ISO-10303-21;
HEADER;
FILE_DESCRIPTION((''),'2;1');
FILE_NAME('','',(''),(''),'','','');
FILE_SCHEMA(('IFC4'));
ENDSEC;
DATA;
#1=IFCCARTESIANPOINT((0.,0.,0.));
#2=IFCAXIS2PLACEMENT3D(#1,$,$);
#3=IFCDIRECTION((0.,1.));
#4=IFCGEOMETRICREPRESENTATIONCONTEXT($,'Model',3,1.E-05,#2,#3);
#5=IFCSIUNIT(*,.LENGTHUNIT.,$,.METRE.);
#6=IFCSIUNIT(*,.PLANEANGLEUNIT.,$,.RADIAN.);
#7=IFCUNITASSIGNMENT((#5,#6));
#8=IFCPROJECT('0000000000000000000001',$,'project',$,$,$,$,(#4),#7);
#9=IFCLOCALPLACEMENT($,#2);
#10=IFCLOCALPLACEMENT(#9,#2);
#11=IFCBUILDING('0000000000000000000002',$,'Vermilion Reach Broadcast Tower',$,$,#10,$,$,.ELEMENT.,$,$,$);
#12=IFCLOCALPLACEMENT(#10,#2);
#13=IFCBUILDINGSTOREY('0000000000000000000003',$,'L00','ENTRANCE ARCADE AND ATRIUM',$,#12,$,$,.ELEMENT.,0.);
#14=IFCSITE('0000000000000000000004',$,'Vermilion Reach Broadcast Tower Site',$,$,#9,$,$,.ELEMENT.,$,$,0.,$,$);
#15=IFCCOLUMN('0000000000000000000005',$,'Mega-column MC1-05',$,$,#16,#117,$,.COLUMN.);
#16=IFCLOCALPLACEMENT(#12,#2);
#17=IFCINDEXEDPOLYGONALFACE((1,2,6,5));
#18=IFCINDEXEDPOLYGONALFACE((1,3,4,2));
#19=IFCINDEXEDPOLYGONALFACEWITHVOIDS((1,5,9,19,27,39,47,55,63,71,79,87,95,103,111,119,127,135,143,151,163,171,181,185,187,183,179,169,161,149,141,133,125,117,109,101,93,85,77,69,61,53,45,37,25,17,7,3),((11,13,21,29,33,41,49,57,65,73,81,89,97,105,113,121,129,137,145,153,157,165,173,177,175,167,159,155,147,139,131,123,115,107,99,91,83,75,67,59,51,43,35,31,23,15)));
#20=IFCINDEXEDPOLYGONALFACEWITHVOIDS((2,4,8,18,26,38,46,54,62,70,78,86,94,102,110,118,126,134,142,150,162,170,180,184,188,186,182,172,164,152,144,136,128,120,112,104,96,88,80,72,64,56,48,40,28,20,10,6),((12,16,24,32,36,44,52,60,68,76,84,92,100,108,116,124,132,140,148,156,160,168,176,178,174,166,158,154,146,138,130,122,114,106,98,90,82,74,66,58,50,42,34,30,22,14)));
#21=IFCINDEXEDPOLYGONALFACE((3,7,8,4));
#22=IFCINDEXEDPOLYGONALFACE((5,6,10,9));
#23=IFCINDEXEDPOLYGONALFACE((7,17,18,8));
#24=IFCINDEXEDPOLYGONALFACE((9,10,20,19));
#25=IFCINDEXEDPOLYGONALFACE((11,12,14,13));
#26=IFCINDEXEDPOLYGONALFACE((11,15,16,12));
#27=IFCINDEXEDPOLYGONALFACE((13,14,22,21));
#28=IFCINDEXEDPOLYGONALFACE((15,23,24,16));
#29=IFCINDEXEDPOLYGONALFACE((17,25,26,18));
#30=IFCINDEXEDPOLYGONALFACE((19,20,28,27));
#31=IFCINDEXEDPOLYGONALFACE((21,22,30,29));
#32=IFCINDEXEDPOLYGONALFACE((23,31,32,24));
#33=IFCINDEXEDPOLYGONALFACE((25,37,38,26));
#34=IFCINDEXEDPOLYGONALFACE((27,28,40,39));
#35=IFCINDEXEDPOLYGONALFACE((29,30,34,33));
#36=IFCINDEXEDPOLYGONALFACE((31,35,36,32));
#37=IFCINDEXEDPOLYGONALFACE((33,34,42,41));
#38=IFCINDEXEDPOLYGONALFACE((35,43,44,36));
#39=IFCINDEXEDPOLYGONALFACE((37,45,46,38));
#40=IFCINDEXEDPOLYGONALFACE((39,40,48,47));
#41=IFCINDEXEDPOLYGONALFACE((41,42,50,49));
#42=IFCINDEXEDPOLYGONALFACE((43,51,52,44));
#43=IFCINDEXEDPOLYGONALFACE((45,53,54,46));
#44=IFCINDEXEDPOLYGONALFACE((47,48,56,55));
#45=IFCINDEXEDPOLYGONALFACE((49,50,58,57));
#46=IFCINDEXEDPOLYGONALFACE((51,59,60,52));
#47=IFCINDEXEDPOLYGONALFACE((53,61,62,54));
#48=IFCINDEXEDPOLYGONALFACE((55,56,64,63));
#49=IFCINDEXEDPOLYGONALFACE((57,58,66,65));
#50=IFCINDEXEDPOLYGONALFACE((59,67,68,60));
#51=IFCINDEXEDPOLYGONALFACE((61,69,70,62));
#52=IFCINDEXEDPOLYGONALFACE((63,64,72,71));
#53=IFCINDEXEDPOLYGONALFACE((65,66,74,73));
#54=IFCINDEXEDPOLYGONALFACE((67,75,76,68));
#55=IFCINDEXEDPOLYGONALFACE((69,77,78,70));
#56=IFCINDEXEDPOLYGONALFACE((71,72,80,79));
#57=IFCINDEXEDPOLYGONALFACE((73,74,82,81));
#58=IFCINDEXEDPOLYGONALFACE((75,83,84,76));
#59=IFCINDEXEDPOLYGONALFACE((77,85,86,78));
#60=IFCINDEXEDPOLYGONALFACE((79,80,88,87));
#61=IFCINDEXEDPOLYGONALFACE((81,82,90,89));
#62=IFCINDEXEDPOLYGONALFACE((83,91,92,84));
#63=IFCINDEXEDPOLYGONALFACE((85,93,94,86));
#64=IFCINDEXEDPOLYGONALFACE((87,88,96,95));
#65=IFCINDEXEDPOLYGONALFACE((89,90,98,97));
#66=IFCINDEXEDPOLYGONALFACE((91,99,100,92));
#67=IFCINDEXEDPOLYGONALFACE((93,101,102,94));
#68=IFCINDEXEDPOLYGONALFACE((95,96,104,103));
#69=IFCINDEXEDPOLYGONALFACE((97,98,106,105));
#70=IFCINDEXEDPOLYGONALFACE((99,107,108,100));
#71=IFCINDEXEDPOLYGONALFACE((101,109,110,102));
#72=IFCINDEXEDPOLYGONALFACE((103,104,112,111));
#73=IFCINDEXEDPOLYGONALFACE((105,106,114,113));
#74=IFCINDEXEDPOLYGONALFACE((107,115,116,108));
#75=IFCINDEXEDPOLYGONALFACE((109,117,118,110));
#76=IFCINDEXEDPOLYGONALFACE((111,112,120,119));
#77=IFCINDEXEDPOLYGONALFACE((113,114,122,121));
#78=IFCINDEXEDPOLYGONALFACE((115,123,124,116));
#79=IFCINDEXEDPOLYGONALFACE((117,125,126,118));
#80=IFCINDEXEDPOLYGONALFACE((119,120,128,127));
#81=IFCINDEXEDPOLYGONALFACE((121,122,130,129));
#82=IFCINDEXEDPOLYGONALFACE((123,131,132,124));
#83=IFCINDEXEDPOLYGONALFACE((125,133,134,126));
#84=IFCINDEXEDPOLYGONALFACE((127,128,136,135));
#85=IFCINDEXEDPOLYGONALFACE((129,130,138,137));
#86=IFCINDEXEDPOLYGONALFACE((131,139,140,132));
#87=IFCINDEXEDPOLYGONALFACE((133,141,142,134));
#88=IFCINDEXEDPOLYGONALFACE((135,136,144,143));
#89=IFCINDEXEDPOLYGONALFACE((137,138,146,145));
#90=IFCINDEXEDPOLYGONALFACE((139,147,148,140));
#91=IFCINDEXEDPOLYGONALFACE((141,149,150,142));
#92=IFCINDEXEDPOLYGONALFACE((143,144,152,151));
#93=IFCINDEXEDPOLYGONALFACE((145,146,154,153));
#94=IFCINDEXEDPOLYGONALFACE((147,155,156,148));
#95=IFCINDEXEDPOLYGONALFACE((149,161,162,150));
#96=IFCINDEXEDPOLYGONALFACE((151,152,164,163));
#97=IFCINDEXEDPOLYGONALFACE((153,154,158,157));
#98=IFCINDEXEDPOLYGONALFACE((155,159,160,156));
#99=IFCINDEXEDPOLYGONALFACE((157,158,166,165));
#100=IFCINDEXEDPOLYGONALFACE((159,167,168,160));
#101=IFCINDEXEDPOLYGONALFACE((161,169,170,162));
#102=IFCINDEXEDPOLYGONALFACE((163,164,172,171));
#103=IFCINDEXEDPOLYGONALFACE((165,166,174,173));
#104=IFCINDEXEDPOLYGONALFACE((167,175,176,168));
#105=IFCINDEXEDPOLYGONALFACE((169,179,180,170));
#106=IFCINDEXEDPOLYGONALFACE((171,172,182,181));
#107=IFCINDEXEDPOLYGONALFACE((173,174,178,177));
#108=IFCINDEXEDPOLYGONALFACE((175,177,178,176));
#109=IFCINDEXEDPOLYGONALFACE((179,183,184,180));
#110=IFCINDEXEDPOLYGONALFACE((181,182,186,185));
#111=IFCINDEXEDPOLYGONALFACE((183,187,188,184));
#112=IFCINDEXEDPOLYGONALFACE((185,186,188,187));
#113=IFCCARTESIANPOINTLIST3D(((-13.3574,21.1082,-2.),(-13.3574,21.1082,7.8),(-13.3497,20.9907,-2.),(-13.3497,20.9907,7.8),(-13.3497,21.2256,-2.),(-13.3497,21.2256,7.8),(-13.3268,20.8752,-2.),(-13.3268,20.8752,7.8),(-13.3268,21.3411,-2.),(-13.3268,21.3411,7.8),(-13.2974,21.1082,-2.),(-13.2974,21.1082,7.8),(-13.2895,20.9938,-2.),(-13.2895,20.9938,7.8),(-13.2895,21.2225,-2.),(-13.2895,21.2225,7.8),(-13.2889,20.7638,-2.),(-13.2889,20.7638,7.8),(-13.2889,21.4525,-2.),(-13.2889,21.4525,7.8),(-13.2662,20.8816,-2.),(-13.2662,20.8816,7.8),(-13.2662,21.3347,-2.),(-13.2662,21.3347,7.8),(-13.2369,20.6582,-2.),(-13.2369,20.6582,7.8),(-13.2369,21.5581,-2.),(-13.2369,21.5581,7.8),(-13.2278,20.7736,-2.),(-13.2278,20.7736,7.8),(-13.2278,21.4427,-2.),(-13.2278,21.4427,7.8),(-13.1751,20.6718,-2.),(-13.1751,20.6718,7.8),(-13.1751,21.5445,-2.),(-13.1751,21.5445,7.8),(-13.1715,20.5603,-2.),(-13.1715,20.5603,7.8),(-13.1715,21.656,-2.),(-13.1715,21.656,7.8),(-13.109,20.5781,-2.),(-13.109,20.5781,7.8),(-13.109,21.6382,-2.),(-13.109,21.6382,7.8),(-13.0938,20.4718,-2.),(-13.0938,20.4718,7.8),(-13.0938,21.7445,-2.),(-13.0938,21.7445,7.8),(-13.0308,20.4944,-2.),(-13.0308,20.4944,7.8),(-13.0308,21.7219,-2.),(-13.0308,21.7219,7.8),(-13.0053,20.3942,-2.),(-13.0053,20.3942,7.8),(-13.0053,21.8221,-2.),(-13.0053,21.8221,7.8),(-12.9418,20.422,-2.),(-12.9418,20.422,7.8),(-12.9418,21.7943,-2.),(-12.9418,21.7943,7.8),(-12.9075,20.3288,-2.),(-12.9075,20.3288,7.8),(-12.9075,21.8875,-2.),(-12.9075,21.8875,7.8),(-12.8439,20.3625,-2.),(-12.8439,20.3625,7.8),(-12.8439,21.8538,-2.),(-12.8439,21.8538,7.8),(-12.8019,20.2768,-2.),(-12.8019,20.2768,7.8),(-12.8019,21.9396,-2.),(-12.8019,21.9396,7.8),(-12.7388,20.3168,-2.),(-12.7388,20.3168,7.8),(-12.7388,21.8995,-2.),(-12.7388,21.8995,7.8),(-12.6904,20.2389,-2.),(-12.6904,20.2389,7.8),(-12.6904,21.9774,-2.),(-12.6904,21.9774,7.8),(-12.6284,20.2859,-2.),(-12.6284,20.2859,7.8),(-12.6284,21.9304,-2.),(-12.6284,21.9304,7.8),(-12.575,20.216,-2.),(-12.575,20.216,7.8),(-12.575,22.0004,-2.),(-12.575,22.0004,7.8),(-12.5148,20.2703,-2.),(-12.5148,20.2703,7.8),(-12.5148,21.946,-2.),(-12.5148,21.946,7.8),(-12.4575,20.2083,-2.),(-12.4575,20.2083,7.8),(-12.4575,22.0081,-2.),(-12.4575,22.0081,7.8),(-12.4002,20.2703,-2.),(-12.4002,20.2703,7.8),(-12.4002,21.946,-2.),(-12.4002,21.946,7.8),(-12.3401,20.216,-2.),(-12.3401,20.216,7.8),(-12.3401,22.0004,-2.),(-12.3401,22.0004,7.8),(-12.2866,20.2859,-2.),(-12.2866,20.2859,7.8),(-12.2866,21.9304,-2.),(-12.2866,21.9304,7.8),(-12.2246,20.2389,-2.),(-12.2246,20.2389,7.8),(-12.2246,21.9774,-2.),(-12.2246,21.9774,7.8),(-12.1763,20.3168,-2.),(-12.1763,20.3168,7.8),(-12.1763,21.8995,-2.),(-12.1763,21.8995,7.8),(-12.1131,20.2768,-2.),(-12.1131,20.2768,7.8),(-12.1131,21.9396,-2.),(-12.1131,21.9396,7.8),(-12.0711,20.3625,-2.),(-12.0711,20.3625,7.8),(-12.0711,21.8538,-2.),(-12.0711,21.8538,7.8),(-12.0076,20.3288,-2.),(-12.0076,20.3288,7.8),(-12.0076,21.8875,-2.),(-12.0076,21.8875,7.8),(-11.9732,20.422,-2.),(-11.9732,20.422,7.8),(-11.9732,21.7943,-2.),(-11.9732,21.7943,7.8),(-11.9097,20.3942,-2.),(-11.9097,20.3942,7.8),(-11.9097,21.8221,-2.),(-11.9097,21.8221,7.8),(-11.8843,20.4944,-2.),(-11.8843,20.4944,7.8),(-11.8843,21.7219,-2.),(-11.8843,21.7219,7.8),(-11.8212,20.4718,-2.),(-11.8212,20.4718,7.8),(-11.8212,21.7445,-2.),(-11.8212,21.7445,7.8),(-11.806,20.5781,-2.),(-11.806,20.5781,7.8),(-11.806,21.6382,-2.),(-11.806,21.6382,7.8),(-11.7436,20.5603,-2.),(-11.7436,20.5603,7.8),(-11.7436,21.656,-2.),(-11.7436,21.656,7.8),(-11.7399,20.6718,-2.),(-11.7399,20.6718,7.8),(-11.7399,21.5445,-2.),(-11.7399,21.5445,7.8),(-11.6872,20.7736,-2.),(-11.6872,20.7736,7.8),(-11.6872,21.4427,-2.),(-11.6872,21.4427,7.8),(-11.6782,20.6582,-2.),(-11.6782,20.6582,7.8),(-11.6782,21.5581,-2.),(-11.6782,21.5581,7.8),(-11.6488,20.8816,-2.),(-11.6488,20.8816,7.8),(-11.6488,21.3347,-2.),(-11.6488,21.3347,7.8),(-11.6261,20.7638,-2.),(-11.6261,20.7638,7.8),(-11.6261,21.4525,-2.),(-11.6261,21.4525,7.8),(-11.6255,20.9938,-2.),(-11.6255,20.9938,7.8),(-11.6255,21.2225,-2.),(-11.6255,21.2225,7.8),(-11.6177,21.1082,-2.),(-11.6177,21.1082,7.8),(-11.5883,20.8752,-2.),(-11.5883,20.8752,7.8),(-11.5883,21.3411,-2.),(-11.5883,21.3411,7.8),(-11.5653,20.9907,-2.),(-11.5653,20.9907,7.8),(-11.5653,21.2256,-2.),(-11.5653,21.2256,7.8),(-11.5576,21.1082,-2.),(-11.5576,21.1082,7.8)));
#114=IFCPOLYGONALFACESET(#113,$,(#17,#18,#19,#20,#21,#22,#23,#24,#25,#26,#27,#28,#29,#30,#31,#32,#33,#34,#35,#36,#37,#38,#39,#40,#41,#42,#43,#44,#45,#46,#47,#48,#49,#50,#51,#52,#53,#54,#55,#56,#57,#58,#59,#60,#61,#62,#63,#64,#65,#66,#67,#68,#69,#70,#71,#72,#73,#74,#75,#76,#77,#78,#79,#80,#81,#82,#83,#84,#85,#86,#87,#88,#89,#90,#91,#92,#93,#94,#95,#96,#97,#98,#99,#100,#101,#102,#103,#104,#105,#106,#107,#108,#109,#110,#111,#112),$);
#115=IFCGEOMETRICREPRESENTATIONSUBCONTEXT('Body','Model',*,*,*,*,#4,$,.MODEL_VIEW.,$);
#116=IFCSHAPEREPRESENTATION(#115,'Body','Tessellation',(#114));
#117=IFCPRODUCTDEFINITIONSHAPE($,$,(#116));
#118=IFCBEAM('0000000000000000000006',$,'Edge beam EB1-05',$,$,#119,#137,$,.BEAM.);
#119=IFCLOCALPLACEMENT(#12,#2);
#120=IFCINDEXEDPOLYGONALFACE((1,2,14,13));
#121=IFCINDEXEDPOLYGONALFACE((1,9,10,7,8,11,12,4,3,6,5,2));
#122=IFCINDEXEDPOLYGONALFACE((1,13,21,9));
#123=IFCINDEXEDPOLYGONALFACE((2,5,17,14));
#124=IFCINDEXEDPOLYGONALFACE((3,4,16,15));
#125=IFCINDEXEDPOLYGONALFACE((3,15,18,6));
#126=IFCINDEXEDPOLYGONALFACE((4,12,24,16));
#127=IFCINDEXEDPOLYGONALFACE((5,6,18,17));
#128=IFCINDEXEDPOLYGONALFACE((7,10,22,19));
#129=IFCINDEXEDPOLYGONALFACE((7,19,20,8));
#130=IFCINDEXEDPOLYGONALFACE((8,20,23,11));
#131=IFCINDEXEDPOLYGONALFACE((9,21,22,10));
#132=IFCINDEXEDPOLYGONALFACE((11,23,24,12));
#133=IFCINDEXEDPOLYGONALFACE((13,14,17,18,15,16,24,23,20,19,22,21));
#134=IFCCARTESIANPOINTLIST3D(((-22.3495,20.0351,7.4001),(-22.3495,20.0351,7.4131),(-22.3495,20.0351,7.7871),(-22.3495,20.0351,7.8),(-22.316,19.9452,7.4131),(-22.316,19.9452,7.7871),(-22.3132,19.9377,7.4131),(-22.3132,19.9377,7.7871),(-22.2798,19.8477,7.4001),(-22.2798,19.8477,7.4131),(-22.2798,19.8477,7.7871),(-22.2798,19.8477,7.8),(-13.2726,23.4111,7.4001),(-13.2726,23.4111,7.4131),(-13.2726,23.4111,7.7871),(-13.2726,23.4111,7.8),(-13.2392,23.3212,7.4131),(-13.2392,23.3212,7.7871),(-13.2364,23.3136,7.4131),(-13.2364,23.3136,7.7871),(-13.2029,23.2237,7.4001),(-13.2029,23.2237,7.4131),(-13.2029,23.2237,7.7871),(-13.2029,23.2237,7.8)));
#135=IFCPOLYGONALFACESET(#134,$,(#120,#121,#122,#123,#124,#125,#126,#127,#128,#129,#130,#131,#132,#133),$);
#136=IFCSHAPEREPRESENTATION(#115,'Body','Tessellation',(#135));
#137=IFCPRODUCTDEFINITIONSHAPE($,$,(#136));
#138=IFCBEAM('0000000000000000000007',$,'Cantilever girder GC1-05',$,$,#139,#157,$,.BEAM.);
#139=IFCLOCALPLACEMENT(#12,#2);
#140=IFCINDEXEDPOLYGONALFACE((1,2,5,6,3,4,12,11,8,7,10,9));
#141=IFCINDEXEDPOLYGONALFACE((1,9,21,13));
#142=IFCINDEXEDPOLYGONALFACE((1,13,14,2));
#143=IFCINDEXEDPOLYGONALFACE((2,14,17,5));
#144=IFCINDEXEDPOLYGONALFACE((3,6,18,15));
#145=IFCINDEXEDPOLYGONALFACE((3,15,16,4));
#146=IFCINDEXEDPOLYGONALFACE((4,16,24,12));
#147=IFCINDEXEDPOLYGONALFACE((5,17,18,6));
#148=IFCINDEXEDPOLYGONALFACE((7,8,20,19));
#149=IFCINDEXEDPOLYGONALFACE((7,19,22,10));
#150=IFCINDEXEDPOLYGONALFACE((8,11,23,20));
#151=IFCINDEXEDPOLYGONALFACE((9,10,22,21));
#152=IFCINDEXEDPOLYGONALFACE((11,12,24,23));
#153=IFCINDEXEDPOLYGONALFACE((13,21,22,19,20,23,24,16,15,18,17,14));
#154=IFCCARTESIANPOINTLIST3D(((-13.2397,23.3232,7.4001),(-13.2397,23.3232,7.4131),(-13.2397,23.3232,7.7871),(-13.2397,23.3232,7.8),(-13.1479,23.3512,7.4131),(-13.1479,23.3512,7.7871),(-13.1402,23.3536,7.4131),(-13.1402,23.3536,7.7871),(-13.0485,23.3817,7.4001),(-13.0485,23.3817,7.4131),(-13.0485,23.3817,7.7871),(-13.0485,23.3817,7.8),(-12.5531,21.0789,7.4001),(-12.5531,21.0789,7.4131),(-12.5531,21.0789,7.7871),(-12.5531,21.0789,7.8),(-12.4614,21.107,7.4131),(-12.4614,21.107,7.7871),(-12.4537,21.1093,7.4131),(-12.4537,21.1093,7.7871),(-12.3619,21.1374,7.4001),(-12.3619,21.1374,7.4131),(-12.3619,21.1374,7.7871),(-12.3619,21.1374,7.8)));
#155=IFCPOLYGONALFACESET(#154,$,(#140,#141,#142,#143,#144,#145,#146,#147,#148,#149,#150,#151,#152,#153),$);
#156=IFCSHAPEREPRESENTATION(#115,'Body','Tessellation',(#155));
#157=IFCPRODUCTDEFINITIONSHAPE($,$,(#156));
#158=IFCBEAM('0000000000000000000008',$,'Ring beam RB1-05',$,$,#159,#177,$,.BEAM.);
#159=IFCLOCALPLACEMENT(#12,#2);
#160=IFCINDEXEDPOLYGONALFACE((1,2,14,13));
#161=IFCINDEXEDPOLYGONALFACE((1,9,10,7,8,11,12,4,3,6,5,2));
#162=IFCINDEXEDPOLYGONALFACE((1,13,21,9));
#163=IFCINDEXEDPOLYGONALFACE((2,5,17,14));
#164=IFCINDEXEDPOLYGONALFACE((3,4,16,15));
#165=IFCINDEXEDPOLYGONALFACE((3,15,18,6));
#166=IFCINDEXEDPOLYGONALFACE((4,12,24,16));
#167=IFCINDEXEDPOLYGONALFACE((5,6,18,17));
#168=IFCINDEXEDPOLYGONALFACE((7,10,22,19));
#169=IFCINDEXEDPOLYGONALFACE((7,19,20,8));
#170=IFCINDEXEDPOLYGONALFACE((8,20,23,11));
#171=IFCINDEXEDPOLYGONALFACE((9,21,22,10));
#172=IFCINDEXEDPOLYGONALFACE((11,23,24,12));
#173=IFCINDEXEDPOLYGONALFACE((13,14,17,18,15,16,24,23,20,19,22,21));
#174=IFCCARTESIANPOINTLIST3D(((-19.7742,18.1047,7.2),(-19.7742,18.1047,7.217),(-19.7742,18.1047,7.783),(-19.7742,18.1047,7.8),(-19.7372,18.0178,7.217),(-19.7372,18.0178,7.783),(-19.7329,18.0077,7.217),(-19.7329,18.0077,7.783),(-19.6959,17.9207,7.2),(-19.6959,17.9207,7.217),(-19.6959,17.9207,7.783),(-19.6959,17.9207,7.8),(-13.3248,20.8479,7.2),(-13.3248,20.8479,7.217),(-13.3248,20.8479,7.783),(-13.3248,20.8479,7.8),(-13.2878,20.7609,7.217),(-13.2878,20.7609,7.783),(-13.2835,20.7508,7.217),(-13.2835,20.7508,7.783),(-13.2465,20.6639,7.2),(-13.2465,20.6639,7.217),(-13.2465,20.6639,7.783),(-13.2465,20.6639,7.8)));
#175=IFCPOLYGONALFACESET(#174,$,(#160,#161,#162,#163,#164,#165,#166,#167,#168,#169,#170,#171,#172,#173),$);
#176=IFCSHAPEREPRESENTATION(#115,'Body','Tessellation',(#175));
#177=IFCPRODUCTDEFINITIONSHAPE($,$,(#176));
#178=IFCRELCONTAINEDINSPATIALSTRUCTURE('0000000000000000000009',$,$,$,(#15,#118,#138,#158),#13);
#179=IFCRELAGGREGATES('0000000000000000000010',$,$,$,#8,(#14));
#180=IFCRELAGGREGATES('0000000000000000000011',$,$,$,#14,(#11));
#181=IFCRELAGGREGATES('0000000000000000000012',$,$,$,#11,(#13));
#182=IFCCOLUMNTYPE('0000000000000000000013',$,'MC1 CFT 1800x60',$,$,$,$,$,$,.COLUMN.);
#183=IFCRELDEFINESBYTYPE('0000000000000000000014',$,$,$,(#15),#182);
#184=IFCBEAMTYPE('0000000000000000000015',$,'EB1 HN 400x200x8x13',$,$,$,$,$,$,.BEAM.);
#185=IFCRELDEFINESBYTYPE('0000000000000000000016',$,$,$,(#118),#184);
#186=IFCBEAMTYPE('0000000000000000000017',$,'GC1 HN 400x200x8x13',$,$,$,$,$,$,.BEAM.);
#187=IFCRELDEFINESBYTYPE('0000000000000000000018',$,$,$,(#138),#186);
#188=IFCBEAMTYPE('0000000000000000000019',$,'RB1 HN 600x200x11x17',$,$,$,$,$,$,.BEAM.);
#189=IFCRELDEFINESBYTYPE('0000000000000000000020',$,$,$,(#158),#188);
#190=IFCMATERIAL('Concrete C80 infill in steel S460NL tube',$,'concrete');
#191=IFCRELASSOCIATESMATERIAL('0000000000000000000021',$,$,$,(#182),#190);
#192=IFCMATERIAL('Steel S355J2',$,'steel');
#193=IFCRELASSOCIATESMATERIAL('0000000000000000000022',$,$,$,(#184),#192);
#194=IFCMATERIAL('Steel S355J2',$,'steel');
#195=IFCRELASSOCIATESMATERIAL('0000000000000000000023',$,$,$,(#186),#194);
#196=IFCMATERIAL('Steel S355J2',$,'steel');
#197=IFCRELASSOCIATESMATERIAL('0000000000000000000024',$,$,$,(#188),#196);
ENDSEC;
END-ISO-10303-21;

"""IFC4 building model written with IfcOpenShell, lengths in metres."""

from ifc_helpers import new_model, si_unit, direction, frame, origin, origin_2d, place, context, subcontext, project, spatial, hollow_circle, i_section, extrude, material, material_profile, profile_set, type_object, element, save


model = new_model("IFC4")

# Units and contexts
model_context = context("Model", 3, precision=1e-05, world=origin(), true_north=direction((0.0, 1.0)))
body_context = subcontext(model_context, "Body", "Model", "MODEL_VIEW")
ifc_project = project(units=[si_unit("LENGTHUNIT", "METRE"), si_unit("PLANEANGLEUNIT", "RADIAN")], contexts=[model_context])

# Site, building, storey
site_placement = place(None, origin())
site = spatial("IfcSite", under=ifc_project, at=site_placement, Name="Vermilion Reach Broadcast Tower Site", CompositionType="ELEMENT", RefElevation=0.0)
building_placement = place(site_placement, origin())
building = spatial("IfcBuilding", under=site, at=building_placement, Name="Vermilion Reach Broadcast Tower", CompositionType="ELEMENT")
storey_placement = place(building_placement, origin())
storey = spatial("IfcBuildingStorey", under=building, at=storey_placement, Name="L00", Description="ENTRANCE ARCADE AND ATRIUM", CompositionType="ELEMENT", Elevation=0.0)

# Column
ifc_material_1 = material(Name="Concrete C80 infill in steel S460NL tube", Category="concrete")
ifc_material_profile_1 = material_profile(ifc_material_1, hollow_circle(Radius=0.8999, WallThickness=0.0601, at=origin_2d()), Name="Concrete C80 infill in steel S460NL tube CFT 1800x60")
ifc_profile_set_1 = profile_set([ifc_material_profile_1], Name="Concrete C80 infill in steel S460NL tube")
column_type = type_object("IfcColumnType", Name="MC1 CFT 1800x60", PredefinedType="COLUMN", material=ifc_profile_set_1)
column_placement = place(storey_placement, frame((-12.4575, 21.1082, -2.0), z_axis=(0.0, 0.0, 1.0), x_axis=(1.0, 0.0, 0.0)))
element("IfcColumn", 1, at=column_placement, inside=storey, type_object=column_type, Name="Mega-column MC1-05", PredefinedType="COLUMN", context=body_context, shape_type="SweptSolid", body=[
    extrude(hollow_circle(Radius=0.8999, WallThickness=0.0601, at=origin_2d()), origin(), (0.0, 0.0, 1.0), 9.8),
])

# Beams
ifc_material_2 = material(Name="Steel S355J2", Category="steel")
ifc_material_profile_2 = material_profile(ifc_material_2, i_section(OverallWidth=0.2, OverallDepth=0.3999, WebThickness=0.0081, FlangeThickness=0.0129, at=origin_2d()), Name="S355J2 HN 400x200x8x13")
ifc_profile_set_2 = profile_set([ifc_material_profile_2], Name="Steel S355J2")
beam_type_1 = type_object("IfcBeamType", Name="EB1 HN 400x200x8x13", PredefinedType="BEAM", material=ifc_profile_set_2)
beam_1_placement = place(storey_placement, frame((-13.2378, 23.3174, 7.6001), z_axis=(-0.937272, -0.3486, 0.0), x_axis=(0.3486, -0.937272, 0.0)))
element("IfcBeam", 2, at=beam_1_placement, inside=storey, type_object=beam_type_1, Name="Edge beam EB1-05", PredefinedType="BEAM", context=body_context, shape_type="SweptSolid", body=[
    extrude(i_section(OverallWidth=0.2, OverallDepth=0.3999, WebThickness=0.0081, FlangeThickness=0.0129, at=origin_2d()), origin(), (0.0, 0.0, 1.0), 9.6843),
])
ifc_material_3 = material(Name="Steel S355J2", Category="steel")
ifc_material_profile_3 = material_profile(ifc_material_3, i_section(OverallWidth=0.2, OverallDepth=0.3999, WebThickness=0.0081, FlangeThickness=0.0129, at=origin_2d()), Name="S355J2 HN 400x200x8x13")
ifc_profile_set_3 = profile_set([ifc_material_profile_3], Name="Steel S355J2")
beam_type_2 = type_object("IfcBeamType", Name="GC1 HN 400x200x8x13", PredefinedType="BEAM", material=ifc_profile_set_3)
beam_2_placement = place(storey_placement, frame((-12.4575, 21.1082, 7.6001), z_axis=(-0.292536, 0.956255, 0.0), x_axis=(-0.956255, -0.292536, 0.0)))
element("IfcBeam", 3, at=beam_2_placement, inside=storey, type_object=beam_type_2, Name="Cantilever girder GC1-05", PredefinedType="BEAM", context=body_context, shape_type="SweptSolid", body=[
    extrude(i_section(OverallWidth=0.2, OverallDepth=0.3999, WebThickness=0.0081, FlangeThickness=0.0129, at=origin_2d()), origin(), (0.0, 0.0, 1.0), 2.3469),
])
ifc_material_4 = material(Name="Steel S355J2", Category="steel")
ifc_material_profile_4 = material_profile(ifc_material_4, i_section(OverallWidth=0.2, OverallDepth=0.6001, WebThickness=0.011, FlangeThickness=0.0171, at=origin_2d()), Name="S355J2 HN 600x200x11x17")
ifc_profile_set_4 = profile_set([ifc_material_profile_4], Name="Steel S355J2")
beam_type_3 = type_object("IfcBeamType", Name="RB1 HN 600x200x11x17", PredefinedType="BEAM", material=ifc_profile_set_4)
beam_3_placement = place(storey_placement, frame((-13.2856, 20.7559, 7.5), z_axis=(-0.920221, -0.3914, 0.0), x_axis=(0.3914, -0.920221, 0.0)))
element("IfcBeam", 4, at=beam_3_placement, inside=storey, type_object=beam_type_3, Name="Ring beam RB1-05", PredefinedType="BEAM", context=body_context, shape_type="SweptSolid", body=[
    extrude(i_section(OverallWidth=0.2, OverallDepth=0.6001, WebThickness=0.011, FlangeThickness=0.0171, at=origin_2d()), origin(), (0.0, 0.0, 1.0), 7.0085),
])

save(model, "model.ifc")
